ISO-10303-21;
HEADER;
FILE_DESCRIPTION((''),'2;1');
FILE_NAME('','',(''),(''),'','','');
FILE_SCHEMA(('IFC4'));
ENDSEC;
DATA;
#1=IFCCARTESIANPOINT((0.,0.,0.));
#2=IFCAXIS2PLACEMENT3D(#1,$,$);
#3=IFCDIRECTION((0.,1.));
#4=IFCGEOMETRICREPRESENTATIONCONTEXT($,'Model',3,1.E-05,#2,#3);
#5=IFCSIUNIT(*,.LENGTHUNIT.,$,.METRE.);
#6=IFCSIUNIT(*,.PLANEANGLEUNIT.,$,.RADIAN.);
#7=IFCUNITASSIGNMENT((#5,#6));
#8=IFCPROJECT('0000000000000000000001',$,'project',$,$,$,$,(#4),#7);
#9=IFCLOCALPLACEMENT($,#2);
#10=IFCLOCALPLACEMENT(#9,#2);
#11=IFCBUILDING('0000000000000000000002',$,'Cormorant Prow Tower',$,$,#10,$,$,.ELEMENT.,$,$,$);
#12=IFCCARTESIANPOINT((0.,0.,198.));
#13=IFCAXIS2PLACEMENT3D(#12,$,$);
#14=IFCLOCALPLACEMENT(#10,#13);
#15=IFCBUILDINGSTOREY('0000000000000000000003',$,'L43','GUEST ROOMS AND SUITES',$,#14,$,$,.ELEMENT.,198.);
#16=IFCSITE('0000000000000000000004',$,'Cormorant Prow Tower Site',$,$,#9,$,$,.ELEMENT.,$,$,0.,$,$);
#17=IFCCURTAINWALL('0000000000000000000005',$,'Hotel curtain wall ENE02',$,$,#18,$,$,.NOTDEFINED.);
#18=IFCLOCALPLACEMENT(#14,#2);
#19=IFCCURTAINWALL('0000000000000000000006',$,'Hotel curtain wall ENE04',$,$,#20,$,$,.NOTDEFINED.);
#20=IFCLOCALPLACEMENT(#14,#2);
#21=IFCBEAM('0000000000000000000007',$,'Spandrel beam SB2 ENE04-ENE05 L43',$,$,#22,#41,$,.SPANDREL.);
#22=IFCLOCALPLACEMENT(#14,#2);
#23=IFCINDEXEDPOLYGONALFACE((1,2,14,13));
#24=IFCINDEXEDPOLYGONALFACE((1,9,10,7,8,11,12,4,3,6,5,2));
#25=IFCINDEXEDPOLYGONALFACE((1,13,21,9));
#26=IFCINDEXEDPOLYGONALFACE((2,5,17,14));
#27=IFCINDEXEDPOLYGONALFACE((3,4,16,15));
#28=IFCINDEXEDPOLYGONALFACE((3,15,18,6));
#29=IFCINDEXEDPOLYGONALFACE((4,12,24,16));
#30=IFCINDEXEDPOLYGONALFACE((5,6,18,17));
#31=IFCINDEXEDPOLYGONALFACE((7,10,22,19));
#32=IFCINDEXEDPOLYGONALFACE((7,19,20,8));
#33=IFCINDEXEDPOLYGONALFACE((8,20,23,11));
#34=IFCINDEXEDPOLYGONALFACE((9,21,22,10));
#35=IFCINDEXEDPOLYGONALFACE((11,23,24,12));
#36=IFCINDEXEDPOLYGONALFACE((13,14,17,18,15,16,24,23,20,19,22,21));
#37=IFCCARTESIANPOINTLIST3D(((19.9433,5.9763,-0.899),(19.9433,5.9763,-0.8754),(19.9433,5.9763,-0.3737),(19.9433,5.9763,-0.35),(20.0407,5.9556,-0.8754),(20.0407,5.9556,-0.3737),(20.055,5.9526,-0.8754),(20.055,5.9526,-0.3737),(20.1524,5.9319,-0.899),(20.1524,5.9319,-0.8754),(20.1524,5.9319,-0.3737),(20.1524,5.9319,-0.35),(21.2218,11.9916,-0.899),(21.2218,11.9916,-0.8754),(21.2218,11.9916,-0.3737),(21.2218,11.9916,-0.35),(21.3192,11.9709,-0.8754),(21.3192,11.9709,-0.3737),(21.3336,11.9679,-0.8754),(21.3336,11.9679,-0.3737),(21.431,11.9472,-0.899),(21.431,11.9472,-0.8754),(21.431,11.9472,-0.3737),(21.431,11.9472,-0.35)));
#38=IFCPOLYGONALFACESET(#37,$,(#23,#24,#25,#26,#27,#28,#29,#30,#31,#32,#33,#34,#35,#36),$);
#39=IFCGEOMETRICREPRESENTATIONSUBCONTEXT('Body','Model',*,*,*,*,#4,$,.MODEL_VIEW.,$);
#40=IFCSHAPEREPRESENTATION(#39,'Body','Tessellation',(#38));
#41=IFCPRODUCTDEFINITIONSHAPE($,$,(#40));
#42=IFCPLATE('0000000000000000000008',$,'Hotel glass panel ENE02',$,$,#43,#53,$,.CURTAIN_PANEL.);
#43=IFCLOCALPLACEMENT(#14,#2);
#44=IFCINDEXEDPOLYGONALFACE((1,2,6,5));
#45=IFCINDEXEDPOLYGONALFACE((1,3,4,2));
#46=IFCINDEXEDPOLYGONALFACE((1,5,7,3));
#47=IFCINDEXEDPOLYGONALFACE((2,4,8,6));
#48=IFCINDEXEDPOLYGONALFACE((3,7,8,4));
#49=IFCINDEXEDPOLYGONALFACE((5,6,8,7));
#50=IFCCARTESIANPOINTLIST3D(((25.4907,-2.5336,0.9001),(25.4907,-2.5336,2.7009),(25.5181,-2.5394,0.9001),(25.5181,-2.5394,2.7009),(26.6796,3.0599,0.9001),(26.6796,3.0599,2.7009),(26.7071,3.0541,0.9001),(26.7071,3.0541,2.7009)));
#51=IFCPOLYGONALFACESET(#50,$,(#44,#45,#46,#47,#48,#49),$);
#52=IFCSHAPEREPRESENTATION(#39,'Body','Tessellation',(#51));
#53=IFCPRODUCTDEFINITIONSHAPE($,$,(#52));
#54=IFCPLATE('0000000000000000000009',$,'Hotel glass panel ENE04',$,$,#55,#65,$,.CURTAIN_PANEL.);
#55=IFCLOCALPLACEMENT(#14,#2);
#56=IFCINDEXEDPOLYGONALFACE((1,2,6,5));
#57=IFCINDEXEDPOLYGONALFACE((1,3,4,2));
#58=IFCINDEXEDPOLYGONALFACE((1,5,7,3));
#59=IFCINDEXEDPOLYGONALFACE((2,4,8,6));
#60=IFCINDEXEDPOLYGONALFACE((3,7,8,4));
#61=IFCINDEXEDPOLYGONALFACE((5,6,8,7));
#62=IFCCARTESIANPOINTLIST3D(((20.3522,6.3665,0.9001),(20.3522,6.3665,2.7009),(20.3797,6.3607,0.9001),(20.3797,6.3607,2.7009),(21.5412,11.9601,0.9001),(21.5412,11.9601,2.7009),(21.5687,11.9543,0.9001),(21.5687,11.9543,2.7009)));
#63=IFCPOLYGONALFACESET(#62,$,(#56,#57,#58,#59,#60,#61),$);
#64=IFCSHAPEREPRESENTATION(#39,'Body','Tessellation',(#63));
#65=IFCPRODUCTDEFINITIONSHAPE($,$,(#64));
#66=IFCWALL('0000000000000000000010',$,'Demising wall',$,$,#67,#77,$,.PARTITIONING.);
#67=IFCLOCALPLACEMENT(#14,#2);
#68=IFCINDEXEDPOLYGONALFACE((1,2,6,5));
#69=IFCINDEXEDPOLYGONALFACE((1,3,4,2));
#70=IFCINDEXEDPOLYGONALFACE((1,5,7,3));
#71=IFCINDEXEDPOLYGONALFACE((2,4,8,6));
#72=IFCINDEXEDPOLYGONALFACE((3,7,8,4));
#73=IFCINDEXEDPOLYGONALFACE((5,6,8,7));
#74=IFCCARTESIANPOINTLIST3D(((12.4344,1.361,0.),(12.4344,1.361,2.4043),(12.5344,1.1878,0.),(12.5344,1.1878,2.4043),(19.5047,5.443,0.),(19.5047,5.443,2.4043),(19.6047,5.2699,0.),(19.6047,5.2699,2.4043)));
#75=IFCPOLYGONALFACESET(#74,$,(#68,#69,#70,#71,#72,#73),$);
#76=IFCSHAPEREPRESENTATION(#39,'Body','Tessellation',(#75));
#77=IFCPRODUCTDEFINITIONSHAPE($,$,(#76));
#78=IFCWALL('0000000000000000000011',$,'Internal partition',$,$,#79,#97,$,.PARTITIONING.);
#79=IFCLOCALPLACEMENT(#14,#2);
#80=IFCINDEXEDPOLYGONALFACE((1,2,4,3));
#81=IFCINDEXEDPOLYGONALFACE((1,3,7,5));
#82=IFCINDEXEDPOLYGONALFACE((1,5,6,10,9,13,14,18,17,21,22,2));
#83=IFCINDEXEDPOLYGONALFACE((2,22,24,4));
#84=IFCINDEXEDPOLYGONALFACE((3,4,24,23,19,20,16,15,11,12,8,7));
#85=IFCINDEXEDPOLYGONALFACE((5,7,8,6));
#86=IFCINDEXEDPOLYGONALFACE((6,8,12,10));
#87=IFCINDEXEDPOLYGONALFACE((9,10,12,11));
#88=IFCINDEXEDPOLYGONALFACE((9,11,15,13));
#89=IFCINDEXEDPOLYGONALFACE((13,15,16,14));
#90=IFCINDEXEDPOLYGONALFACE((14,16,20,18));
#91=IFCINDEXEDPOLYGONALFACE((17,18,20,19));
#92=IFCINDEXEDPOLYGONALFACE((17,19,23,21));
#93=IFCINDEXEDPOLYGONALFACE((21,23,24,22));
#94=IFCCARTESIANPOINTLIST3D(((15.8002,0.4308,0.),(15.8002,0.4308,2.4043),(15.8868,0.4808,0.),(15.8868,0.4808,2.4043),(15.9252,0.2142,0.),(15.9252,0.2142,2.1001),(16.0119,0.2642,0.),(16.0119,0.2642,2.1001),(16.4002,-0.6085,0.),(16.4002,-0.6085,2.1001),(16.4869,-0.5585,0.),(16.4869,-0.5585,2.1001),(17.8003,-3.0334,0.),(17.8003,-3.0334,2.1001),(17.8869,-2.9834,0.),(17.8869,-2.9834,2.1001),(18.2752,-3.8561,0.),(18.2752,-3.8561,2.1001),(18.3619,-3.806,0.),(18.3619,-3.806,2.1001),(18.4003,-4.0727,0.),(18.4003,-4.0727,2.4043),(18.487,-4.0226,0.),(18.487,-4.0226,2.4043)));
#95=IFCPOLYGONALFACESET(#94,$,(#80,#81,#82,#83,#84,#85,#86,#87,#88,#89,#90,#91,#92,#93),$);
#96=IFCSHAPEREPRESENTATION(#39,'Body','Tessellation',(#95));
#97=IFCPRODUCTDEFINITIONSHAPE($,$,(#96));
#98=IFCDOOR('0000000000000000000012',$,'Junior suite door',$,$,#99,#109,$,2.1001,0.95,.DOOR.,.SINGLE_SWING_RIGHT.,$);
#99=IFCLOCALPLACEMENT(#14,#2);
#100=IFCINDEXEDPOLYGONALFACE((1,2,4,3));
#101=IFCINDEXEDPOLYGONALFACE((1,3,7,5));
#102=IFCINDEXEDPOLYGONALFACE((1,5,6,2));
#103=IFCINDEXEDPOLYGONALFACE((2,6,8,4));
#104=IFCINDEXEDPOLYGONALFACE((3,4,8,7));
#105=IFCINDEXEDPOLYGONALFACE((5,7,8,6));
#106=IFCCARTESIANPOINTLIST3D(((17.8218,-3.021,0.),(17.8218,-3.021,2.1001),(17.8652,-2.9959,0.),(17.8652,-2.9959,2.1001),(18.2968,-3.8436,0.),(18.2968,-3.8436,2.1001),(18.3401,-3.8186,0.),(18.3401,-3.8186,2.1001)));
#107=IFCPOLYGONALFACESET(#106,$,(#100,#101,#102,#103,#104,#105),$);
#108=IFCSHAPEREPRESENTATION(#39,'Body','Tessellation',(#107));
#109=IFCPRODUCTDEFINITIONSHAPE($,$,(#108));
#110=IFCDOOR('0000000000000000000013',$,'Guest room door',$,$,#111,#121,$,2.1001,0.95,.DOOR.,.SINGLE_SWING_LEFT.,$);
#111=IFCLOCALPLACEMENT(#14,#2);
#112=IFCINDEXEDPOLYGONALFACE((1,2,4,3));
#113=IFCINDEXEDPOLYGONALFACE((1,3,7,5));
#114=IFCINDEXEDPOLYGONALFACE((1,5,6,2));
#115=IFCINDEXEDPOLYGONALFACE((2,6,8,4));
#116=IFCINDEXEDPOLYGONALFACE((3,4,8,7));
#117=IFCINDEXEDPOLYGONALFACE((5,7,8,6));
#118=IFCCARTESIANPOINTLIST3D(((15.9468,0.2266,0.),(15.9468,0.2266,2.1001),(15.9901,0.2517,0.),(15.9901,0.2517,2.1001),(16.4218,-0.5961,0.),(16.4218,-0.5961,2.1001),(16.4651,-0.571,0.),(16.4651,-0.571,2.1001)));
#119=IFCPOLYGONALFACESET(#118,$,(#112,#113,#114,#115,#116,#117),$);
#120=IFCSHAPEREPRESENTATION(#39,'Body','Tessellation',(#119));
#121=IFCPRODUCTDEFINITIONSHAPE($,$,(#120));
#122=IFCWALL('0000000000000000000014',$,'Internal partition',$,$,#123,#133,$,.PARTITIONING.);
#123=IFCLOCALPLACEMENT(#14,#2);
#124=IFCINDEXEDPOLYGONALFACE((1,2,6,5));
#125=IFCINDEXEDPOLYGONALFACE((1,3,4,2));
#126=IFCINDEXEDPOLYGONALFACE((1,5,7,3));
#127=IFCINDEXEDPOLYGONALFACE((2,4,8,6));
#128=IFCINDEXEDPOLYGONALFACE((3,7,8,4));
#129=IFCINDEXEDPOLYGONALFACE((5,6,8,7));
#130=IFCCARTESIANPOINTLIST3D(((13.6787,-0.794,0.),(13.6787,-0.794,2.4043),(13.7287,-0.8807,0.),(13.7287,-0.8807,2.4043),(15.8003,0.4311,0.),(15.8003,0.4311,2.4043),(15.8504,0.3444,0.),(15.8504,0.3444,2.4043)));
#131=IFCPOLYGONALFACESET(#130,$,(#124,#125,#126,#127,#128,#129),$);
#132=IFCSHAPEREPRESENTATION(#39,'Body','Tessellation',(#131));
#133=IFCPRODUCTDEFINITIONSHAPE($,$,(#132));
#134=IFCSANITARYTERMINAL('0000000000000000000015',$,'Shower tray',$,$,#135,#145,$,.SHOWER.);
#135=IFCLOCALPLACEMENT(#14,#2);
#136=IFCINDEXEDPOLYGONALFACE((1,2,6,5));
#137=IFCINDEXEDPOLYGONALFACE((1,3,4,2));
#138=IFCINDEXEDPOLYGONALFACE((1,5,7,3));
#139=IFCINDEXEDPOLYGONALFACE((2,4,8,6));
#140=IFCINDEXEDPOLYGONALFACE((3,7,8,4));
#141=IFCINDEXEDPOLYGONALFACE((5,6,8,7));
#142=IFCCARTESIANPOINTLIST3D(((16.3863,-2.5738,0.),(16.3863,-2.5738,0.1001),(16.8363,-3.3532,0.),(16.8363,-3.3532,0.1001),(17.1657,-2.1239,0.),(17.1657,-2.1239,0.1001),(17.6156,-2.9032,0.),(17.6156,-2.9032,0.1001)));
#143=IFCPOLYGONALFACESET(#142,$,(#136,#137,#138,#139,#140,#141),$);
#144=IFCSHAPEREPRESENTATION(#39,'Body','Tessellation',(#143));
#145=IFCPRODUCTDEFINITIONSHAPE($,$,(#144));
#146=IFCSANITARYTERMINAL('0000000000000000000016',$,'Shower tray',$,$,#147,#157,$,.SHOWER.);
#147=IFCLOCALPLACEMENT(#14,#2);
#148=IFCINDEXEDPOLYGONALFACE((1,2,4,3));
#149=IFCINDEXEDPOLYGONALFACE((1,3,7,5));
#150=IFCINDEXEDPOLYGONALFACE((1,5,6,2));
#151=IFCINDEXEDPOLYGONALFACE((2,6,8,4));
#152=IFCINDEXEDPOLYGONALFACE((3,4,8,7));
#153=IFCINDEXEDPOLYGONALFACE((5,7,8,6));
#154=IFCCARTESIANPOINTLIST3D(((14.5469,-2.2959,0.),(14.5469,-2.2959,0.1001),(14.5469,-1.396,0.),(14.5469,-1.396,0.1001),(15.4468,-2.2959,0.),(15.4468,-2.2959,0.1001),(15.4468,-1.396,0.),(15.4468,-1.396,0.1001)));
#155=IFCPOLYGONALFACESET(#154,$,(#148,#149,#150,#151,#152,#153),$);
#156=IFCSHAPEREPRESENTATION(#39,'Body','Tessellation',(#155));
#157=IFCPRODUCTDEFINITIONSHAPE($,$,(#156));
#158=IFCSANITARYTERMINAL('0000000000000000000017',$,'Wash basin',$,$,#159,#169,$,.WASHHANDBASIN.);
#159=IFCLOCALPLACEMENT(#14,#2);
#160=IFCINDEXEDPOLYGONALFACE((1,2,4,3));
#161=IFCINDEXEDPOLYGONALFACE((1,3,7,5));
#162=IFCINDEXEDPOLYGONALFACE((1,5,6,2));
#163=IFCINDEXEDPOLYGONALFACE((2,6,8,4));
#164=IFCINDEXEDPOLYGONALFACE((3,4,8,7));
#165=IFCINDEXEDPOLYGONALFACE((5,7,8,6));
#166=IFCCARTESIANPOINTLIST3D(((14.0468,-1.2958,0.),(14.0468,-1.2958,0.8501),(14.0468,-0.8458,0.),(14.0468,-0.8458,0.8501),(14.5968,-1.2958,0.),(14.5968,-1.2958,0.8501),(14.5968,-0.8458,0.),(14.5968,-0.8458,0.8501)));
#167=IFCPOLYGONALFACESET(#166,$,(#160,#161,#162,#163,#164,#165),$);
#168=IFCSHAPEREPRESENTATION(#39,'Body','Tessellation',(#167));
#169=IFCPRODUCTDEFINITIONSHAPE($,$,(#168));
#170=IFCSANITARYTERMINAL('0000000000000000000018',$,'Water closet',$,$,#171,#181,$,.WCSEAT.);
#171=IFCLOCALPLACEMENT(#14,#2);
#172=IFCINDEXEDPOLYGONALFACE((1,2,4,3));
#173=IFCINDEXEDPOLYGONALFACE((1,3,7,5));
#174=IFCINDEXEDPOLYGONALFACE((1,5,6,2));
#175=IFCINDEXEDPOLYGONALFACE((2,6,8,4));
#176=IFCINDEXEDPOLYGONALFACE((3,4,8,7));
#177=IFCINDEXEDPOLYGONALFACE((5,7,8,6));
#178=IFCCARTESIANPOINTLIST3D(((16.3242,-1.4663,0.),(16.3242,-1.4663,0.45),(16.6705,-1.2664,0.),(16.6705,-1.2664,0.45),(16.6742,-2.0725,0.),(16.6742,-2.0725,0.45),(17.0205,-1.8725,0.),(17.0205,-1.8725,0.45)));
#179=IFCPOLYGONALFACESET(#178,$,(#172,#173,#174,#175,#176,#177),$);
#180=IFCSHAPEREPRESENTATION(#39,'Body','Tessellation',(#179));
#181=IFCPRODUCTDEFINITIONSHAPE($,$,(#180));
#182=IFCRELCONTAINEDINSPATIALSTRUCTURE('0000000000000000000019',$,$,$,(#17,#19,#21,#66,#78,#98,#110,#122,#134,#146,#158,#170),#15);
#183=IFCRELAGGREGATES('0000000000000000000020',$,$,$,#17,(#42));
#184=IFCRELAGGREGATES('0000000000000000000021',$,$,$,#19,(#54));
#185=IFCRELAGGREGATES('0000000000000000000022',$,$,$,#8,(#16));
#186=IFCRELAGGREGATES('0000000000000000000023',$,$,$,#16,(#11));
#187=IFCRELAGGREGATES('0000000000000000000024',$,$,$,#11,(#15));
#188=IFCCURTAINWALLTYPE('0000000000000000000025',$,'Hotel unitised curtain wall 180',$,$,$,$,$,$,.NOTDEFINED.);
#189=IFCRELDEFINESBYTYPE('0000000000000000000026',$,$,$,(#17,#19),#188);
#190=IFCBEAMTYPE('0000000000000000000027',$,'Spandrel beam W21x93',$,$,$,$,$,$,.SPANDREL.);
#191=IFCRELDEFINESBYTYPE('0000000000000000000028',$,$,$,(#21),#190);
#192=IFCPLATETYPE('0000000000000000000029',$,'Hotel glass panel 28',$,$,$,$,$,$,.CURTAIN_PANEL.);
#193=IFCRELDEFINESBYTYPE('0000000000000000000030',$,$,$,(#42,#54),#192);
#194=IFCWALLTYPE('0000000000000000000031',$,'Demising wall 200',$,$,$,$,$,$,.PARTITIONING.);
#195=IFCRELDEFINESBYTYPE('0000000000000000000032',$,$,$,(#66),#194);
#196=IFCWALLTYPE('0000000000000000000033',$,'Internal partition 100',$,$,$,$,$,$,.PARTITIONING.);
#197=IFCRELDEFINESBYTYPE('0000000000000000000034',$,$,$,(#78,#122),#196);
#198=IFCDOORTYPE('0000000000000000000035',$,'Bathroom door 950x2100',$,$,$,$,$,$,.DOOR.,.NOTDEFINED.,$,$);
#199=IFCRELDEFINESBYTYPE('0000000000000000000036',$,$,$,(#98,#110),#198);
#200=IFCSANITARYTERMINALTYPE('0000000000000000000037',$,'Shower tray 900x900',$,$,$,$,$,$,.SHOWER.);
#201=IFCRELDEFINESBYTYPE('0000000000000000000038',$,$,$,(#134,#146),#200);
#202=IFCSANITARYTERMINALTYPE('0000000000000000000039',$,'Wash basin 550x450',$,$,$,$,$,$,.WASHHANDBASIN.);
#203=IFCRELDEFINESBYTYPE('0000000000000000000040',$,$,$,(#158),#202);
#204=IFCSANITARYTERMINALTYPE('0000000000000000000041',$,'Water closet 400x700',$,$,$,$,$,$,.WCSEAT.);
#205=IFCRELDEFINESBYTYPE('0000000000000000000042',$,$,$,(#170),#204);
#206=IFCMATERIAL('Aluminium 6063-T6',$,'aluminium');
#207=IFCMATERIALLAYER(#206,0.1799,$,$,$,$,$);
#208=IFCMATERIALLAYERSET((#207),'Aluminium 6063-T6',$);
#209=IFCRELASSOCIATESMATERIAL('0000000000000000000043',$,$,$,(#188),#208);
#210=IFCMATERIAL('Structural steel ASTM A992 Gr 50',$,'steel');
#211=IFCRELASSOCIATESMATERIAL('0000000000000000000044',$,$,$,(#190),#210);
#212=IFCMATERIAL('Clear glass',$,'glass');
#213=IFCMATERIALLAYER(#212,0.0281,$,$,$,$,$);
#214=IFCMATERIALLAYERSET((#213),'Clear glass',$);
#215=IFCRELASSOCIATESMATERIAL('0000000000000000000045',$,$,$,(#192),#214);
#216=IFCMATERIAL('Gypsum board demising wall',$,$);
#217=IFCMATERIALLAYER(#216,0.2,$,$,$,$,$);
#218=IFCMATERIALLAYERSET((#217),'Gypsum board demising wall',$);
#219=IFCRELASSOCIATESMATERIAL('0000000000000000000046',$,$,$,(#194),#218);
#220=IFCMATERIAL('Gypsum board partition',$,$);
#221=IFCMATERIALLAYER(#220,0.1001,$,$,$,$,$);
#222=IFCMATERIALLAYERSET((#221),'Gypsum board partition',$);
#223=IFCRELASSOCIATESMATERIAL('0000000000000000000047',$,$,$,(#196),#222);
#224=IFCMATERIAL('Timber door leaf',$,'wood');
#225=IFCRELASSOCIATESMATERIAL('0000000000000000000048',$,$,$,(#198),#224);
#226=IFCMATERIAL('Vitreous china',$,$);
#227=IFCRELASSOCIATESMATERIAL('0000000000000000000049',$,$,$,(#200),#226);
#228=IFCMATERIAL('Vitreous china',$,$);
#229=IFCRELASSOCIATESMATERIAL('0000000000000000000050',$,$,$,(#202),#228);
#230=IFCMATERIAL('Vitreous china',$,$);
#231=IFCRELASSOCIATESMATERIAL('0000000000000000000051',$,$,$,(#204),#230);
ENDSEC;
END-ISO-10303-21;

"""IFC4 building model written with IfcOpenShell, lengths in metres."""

from ifc_helpers import new_model, si_unit, direction, frame, frame_2d, origin, origin_2d, place, context, subcontext, project, spatial, rectangle, i_section, extrude, material, layer, layer_set, material_profile, profile_set, type_object, element, fill, aggregate, save


model = new_model("IFC4")

# Units and contexts
model_context = context("Model", 3, precision=1e-05, world=origin(), true_north=direction((0.0, 1.0)))
body_context = subcontext(model_context, "Body", "Model", "MODEL_VIEW")
ifc_project = project(units=[si_unit("LENGTHUNIT", "METRE"), si_unit("PLANEANGLEUNIT", "RADIAN")], contexts=[model_context])

# Site, building, storey
site_placement = place(None, origin())
site = spatial("IfcSite", under=ifc_project, at=site_placement, Name="Cormorant Prow Tower Site", CompositionType="ELEMENT", RefElevation=0.0)
building_placement = place(site_placement, origin())
building = spatial("IfcBuilding", under=site, at=building_placement, Name="Cormorant Prow Tower", CompositionType="ELEMENT")
storey_placement = place(building_placement, frame((0.0, 0.0, 198.0)))
storey = spatial("IfcBuildingStorey", under=building, at=storey_placement, Name="L43", Description="GUEST ROOMS AND SUITES", CompositionType="ELEMENT", Elevation=198.0)

# Curtain walls
ifc_material_1 = material(Name="Aluminium 6063-T6", Category="aluminium")
ifc_layer_1 = layer(ifc_material_1, 0.1799)
ifc_layer_set_1 = layer_set([ifc_layer_1], Name="Aluminium 6063-T6")
curtain_wall_type = type_object("IfcCurtainWallType", Name="Hotel unitised curtain wall 180", PredefinedType="NOTDEFINED", material=ifc_layer_set_1)
curtain_wall_1_placement = place(storey_placement, origin())
curtain_wall_1 = element("IfcCurtainWall", 1, at=curtain_wall_1_placement, inside=storey, type_object=curtain_wall_type, Name="Hotel curtain wall ENE02", PredefinedType="NOTDEFINED")
curtain_wall_2_placement = place(storey_placement, origin())
curtain_wall_2 = element("IfcCurtainWall", 2, at=curtain_wall_2_placement, inside=storey, type_object=curtain_wall_type, Name="Hotel curtain wall ENE04", PredefinedType="NOTDEFINED")

# Beam
ifc_material_2 = material(Name="Structural steel ASTM A992 Gr 50", Category="steel")
ifc_material_profile_1 = material_profile(ifc_material_2, i_section(OverallWidth=0.2139, OverallDepth=0.5491, WebThickness=0.0146, FlangeThickness=0.0237, at=origin_2d()), Name="W21x93")
ifc_profile_set_1 = profile_set([ifc_material_profile_1], Name="Structural steel ASTM A992 Gr 50")
beam_type_1 = type_object("IfcBeamType", Name="Spandrel beam W21x93", PredefinedType="SPANDREL", material=ifc_profile_set_1)
beam_1_placement = place(storey_placement, frame((20.0479, 5.9541, -0.6245), z_axis=(0.207905, 0.978149, 0.0), x_axis=(-0.978149, 0.207905, 0.0)))
element("IfcBeam", 3, at=beam_1_placement, inside=storey, type_object=beam_type_1, Name="Spandrel beam SB2 ENE04-ENE05 L43", PredefinedType="SPANDREL", context=body_context, shape_type="SweptSolid", body=[
    extrude(i_section(OverallWidth=0.2139, OverallDepth=0.5491, WebThickness=0.0146, FlangeThickness=0.0237, at=origin_2d()), origin(), (0.0, 0.0, 1.0), 6.1497),
])

# Plates
ifc_material_3 = material(Name="Clear glass", Category="glass")
ifc_layer_2 = layer(ifc_material_3, 0.0281)
ifc_layer_set_2 = layer_set([ifc_layer_2], Name="Clear glass")
plate_type = type_object("IfcPlateType", Name="Hotel glass panel 28", PredefinedType="CURTAIN_PANEL", material=ifc_layer_set_2)
plate_1_placement = place(storey_placement, frame((26.0989, 0.2603, 0.9001), z_axis=(0.0, 0.0, 1.0), x_axis=(0.207912, 0.978148, 0.0)))
plate_1 = element("IfcPlate", 4, at=plate_1_placement, type_object=plate_type, Name="Hotel glass panel ENE02", PredefinedType="CURTAIN_PANEL", context=body_context, shape_type="SweptSolid", body=[
    extrude(rectangle(XDim=5.7185, YDim=0.0281, at=origin_2d()), origin(), (0.0, 0.0, 1.0), 1.8008),
])
aggregate(curtain_wall_1, [plate_1])
plate_2_placement = place(storey_placement, frame((20.9604, 9.1604, 0.9001), z_axis=(0.0, 0.0, 1.0), x_axis=(0.207912, 0.978148, 0.0)))
plate_2 = element("IfcPlate", 5, at=plate_2_placement, type_object=plate_type, Name="Hotel glass panel ENE04", PredefinedType="CURTAIN_PANEL", context=body_context, shape_type="SweptSolid", body=[
    extrude(rectangle(XDim=5.7185, YDim=0.0281, at=origin_2d()), origin(), (0.0, 0.0, 1.0), 1.8008),
])
aggregate(curtain_wall_2, [plate_2])

# Wall
ifc_material_4 = material(Name="Gypsum board demising wall")
ifc_layer_3 = layer(ifc_material_4, 0.2)
ifc_layer_set_3 = layer_set([ifc_layer_3], Name="Gypsum board demising wall")
wall_type_1 = type_object("IfcWallType", Name="Demising wall 200", PredefinedType="PARTITIONING", material=ifc_layer_set_3)
wall_1_placement = place(storey_placement, frame((12.4844, 1.2744, 0.0), z_axis=(0.0, 0.0, 1.0), x_axis=(0.866026, 0.499999, 0.0)))
element("IfcWall", 6, at=wall_1_placement, inside=storey, type_object=wall_type_1, Name="Demising wall", PredefinedType="PARTITIONING", context=body_context, shape_type="SweptSolid", body=[
    extrude(rectangle(XDim=8.1641, YDim=0.2, at=frame_2d((4.082, 0.0))), origin(), (0.0, 0.0, 1.0), 2.4043),
])

# Wall, openings, doors
ifc_material_5 = material(Name="Gypsum board partition")
ifc_layer_4 = layer(ifc_material_5, 0.1001)
ifc_layer_set_4 = layer_set([ifc_layer_4], Name="Gypsum board partition")
wall_type_2 = type_object("IfcWallType", Name="Internal partition 100", PredefinedType="PARTITIONING", material=ifc_layer_set_4)
wall_2_placement = place(storey_placement, frame((15.8435, 0.4558, 0.0), z_axis=(0.0, 0.0, 1.0), x_axis=(0.500007, -0.866021, 0.0)))
wall_2 = element("IfcWall", 7, at=wall_2_placement, inside=storey, type_object=wall_type_2, Name="Internal partition", PredefinedType="PARTITIONING", context=body_context, shape_type="SweptSolid", body=[
    extrude(rectangle(XDim=5.2002, YDim=0.1001, at=frame_2d((2.6001, 0.0))), origin(), (0.0, 0.0, 1.0), 2.4043),
])
opening_1_placement = place(wall_2_placement, frame((4.0, 0.0, 0.0)))
opening_1 = element("IfcOpeningElement", 8, at=opening_1_placement, cuts=wall_2, PredefinedType="OPENING", context=body_context, shape_type="SweptSolid", body=[
    extrude(rectangle(XDim=0.95, YDim=2.1001, at=frame_2d((0.4751, 1.05))), frame((0.0, 0.0601, 0.0), z_axis=(0.0, -1.0, 0.0), x_axis=(1.0, 0.0, 0.0)), (0.0, 0.0, 1.0), 0.1201),
])
opening_2_placement = place(wall_2_placement, frame((0.25, 0.0, 0.0)))
opening_2 = element("IfcOpeningElement", 9, at=opening_2_placement, cuts=wall_2, PredefinedType="OPENING", context=body_context, shape_type="SweptSolid", body=[
    extrude(rectangle(XDim=0.95, YDim=2.1001, at=frame_2d((0.4751, 1.05))), frame((0.0, 0.0601, 0.0), z_axis=(0.0, -1.0, 0.0), x_axis=(1.0, 0.0, 0.0)), (0.0, 0.0, 1.0), 0.1201),
])
ifc_material_6 = material(Name="Timber door leaf", Category="wood")
door_type_1 = type_object("IfcDoorType", Name="Bathroom door 950x2100", OperationType="NOTDEFINED", PredefinedType="DOOR", material=ifc_material_6)
door_1_placement = place(opening_1_placement, origin())
door_1 = element("IfcDoor", 10, at=door_1_placement, inside=storey, type_object=door_type_1, Name="Junior suite door", OperationType="SINGLE_SWING_RIGHT", OverallHeight=2.1001, OverallWidth=0.95, PredefinedType="DOOR", context=body_context, shape_type="SweptSolid", body=[
    extrude(rectangle(XDim=0.95, YDim=2.1001, at=frame_2d((0.4751, 1.05))), frame((0.0, 0.0249, 0.0), z_axis=(0.0, -1.0, 0.0), x_axis=(1.0, 0.0, 0.0)), (0.0, 0.0, 1.0), 0.05),
])
fill(opening_1, door_1)
door_2_placement = place(opening_2_placement, origin())
door_2 = element("IfcDoor", 11, at=door_2_placement, inside=storey, type_object=door_type_1, Name="Guest room door", OperationType="SINGLE_SWING_LEFT", OverallHeight=2.1001, OverallWidth=0.95, PredefinedType="DOOR", context=body_context, shape_type="SweptSolid", body=[
    extrude(rectangle(XDim=0.95, YDim=2.1001, at=frame_2d((0.4751, 1.05))), frame((0.0, 0.0249, 0.0), z_axis=(0.0, -1.0, 0.0), x_axis=(1.0, 0.0, 0.0)), (0.0, 0.0, 1.0), 0.05),
])
fill(opening_2, door_2)

# Wall
wall_3_placement = place(storey_placement, frame((13.7036, -0.8374, 0.0), z_axis=(0.0, 0.0, 1.0), x_axis=(0.86599, 0.500062, 0.0)))
element("IfcWall", 12, at=wall_3_placement, inside=storey, type_object=wall_type_2, Name="Internal partition", PredefinedType="PARTITIONING", context=body_context, shape_type="SweptSolid", body=[
    extrude(rectangle(XDim=2.45, YDim=0.1001, at=frame_2d((1.2251, 0.0))), origin(), (0.0, 0.0, 1.0), 2.4043),
])

# Sanitary terminals
ifc_material_7 = material(Name="Vitreous china")
sanitary_terminal_type_1 = type_object("IfcSanitaryTerminalType", Name="Shower tray 900x900", PredefinedType="SHOWER", material=ifc_material_7)
for number, where, z_axis, x_axis, name in (
    (13, (17.001, -2.7385, 0.0), (0.0, 0.0, 1.0), (0.5, -0.866025, 0.0), "Shower tray"),
    (14, (14.9968, -1.8459, 0.0), (0.0, 0.0, 1.0), (1.0, 0.0, 0.0), "Shower tray"),
):
    element("IfcSanitaryTerminal", number, at=place(storey_placement, frame(where, z_axis=z_axis, x_axis=x_axis)), inside=storey, type_object=sanitary_terminal_type_1, Name=name, PredefinedType="SHOWER", context=body_context, shape_type="SweptSolid", body=[
        extrude(rectangle(XDim=0.8999, YDim=0.8999, at=origin_2d()), origin(), (0.0, 0.0, 1.0), 0.1001),
    ])
ifc_material_8 = material(Name="Vitreous china")
sanitary_terminal_type_2 = type_object("IfcSanitaryTerminalType", Name="Wash basin 550x450", PredefinedType="WASHHANDBASIN", material=ifc_material_8)
sanitary_terminal_1_placement = place(storey_placement, frame((14.3218, -1.0708, 0.0), z_axis=(0.0, 0.0, 1.0), x_axis=(1.0, 0.0, 0.0)))
element("IfcSanitaryTerminal", 15, at=sanitary_terminal_1_placement, inside=storey, type_object=sanitary_terminal_type_2, Name="Wash basin", PredefinedType="WASHHANDBASIN", context=body_context, shape_type="SweptSolid", body=[
    extrude(rectangle(XDim=0.55, YDim=0.45, at=origin_2d()), origin(), (0.0, 0.0, 1.0), 0.8501),
])
ifc_material_9 = material(Name="Vitreous china")
sanitary_terminal_type_3 = type_object("IfcSanitaryTerminalType", Name="Water closet 400x700", PredefinedType="WCSEAT", material=ifc_material_9)
sanitary_terminal_2_placement = place(storey_placement, frame((16.6724, -1.6694, 0.0), z_axis=(0.0, 0.0, 1.0), x_axis=(-0.866025, -0.5, 0.0)))
element("IfcSanitaryTerminal", 16, at=sanitary_terminal_2_placement, inside=storey, type_object=sanitary_terminal_type_3, Name="Water closet", PredefinedType="WCSEAT", context=body_context, shape_type="SweptSolid", body=[
    extrude(rectangle(XDim=0.3999, YDim=0.7, at=origin_2d()), origin(), (0.0, 0.0, 1.0), 0.45),
])

save(model, "model.ifc")
